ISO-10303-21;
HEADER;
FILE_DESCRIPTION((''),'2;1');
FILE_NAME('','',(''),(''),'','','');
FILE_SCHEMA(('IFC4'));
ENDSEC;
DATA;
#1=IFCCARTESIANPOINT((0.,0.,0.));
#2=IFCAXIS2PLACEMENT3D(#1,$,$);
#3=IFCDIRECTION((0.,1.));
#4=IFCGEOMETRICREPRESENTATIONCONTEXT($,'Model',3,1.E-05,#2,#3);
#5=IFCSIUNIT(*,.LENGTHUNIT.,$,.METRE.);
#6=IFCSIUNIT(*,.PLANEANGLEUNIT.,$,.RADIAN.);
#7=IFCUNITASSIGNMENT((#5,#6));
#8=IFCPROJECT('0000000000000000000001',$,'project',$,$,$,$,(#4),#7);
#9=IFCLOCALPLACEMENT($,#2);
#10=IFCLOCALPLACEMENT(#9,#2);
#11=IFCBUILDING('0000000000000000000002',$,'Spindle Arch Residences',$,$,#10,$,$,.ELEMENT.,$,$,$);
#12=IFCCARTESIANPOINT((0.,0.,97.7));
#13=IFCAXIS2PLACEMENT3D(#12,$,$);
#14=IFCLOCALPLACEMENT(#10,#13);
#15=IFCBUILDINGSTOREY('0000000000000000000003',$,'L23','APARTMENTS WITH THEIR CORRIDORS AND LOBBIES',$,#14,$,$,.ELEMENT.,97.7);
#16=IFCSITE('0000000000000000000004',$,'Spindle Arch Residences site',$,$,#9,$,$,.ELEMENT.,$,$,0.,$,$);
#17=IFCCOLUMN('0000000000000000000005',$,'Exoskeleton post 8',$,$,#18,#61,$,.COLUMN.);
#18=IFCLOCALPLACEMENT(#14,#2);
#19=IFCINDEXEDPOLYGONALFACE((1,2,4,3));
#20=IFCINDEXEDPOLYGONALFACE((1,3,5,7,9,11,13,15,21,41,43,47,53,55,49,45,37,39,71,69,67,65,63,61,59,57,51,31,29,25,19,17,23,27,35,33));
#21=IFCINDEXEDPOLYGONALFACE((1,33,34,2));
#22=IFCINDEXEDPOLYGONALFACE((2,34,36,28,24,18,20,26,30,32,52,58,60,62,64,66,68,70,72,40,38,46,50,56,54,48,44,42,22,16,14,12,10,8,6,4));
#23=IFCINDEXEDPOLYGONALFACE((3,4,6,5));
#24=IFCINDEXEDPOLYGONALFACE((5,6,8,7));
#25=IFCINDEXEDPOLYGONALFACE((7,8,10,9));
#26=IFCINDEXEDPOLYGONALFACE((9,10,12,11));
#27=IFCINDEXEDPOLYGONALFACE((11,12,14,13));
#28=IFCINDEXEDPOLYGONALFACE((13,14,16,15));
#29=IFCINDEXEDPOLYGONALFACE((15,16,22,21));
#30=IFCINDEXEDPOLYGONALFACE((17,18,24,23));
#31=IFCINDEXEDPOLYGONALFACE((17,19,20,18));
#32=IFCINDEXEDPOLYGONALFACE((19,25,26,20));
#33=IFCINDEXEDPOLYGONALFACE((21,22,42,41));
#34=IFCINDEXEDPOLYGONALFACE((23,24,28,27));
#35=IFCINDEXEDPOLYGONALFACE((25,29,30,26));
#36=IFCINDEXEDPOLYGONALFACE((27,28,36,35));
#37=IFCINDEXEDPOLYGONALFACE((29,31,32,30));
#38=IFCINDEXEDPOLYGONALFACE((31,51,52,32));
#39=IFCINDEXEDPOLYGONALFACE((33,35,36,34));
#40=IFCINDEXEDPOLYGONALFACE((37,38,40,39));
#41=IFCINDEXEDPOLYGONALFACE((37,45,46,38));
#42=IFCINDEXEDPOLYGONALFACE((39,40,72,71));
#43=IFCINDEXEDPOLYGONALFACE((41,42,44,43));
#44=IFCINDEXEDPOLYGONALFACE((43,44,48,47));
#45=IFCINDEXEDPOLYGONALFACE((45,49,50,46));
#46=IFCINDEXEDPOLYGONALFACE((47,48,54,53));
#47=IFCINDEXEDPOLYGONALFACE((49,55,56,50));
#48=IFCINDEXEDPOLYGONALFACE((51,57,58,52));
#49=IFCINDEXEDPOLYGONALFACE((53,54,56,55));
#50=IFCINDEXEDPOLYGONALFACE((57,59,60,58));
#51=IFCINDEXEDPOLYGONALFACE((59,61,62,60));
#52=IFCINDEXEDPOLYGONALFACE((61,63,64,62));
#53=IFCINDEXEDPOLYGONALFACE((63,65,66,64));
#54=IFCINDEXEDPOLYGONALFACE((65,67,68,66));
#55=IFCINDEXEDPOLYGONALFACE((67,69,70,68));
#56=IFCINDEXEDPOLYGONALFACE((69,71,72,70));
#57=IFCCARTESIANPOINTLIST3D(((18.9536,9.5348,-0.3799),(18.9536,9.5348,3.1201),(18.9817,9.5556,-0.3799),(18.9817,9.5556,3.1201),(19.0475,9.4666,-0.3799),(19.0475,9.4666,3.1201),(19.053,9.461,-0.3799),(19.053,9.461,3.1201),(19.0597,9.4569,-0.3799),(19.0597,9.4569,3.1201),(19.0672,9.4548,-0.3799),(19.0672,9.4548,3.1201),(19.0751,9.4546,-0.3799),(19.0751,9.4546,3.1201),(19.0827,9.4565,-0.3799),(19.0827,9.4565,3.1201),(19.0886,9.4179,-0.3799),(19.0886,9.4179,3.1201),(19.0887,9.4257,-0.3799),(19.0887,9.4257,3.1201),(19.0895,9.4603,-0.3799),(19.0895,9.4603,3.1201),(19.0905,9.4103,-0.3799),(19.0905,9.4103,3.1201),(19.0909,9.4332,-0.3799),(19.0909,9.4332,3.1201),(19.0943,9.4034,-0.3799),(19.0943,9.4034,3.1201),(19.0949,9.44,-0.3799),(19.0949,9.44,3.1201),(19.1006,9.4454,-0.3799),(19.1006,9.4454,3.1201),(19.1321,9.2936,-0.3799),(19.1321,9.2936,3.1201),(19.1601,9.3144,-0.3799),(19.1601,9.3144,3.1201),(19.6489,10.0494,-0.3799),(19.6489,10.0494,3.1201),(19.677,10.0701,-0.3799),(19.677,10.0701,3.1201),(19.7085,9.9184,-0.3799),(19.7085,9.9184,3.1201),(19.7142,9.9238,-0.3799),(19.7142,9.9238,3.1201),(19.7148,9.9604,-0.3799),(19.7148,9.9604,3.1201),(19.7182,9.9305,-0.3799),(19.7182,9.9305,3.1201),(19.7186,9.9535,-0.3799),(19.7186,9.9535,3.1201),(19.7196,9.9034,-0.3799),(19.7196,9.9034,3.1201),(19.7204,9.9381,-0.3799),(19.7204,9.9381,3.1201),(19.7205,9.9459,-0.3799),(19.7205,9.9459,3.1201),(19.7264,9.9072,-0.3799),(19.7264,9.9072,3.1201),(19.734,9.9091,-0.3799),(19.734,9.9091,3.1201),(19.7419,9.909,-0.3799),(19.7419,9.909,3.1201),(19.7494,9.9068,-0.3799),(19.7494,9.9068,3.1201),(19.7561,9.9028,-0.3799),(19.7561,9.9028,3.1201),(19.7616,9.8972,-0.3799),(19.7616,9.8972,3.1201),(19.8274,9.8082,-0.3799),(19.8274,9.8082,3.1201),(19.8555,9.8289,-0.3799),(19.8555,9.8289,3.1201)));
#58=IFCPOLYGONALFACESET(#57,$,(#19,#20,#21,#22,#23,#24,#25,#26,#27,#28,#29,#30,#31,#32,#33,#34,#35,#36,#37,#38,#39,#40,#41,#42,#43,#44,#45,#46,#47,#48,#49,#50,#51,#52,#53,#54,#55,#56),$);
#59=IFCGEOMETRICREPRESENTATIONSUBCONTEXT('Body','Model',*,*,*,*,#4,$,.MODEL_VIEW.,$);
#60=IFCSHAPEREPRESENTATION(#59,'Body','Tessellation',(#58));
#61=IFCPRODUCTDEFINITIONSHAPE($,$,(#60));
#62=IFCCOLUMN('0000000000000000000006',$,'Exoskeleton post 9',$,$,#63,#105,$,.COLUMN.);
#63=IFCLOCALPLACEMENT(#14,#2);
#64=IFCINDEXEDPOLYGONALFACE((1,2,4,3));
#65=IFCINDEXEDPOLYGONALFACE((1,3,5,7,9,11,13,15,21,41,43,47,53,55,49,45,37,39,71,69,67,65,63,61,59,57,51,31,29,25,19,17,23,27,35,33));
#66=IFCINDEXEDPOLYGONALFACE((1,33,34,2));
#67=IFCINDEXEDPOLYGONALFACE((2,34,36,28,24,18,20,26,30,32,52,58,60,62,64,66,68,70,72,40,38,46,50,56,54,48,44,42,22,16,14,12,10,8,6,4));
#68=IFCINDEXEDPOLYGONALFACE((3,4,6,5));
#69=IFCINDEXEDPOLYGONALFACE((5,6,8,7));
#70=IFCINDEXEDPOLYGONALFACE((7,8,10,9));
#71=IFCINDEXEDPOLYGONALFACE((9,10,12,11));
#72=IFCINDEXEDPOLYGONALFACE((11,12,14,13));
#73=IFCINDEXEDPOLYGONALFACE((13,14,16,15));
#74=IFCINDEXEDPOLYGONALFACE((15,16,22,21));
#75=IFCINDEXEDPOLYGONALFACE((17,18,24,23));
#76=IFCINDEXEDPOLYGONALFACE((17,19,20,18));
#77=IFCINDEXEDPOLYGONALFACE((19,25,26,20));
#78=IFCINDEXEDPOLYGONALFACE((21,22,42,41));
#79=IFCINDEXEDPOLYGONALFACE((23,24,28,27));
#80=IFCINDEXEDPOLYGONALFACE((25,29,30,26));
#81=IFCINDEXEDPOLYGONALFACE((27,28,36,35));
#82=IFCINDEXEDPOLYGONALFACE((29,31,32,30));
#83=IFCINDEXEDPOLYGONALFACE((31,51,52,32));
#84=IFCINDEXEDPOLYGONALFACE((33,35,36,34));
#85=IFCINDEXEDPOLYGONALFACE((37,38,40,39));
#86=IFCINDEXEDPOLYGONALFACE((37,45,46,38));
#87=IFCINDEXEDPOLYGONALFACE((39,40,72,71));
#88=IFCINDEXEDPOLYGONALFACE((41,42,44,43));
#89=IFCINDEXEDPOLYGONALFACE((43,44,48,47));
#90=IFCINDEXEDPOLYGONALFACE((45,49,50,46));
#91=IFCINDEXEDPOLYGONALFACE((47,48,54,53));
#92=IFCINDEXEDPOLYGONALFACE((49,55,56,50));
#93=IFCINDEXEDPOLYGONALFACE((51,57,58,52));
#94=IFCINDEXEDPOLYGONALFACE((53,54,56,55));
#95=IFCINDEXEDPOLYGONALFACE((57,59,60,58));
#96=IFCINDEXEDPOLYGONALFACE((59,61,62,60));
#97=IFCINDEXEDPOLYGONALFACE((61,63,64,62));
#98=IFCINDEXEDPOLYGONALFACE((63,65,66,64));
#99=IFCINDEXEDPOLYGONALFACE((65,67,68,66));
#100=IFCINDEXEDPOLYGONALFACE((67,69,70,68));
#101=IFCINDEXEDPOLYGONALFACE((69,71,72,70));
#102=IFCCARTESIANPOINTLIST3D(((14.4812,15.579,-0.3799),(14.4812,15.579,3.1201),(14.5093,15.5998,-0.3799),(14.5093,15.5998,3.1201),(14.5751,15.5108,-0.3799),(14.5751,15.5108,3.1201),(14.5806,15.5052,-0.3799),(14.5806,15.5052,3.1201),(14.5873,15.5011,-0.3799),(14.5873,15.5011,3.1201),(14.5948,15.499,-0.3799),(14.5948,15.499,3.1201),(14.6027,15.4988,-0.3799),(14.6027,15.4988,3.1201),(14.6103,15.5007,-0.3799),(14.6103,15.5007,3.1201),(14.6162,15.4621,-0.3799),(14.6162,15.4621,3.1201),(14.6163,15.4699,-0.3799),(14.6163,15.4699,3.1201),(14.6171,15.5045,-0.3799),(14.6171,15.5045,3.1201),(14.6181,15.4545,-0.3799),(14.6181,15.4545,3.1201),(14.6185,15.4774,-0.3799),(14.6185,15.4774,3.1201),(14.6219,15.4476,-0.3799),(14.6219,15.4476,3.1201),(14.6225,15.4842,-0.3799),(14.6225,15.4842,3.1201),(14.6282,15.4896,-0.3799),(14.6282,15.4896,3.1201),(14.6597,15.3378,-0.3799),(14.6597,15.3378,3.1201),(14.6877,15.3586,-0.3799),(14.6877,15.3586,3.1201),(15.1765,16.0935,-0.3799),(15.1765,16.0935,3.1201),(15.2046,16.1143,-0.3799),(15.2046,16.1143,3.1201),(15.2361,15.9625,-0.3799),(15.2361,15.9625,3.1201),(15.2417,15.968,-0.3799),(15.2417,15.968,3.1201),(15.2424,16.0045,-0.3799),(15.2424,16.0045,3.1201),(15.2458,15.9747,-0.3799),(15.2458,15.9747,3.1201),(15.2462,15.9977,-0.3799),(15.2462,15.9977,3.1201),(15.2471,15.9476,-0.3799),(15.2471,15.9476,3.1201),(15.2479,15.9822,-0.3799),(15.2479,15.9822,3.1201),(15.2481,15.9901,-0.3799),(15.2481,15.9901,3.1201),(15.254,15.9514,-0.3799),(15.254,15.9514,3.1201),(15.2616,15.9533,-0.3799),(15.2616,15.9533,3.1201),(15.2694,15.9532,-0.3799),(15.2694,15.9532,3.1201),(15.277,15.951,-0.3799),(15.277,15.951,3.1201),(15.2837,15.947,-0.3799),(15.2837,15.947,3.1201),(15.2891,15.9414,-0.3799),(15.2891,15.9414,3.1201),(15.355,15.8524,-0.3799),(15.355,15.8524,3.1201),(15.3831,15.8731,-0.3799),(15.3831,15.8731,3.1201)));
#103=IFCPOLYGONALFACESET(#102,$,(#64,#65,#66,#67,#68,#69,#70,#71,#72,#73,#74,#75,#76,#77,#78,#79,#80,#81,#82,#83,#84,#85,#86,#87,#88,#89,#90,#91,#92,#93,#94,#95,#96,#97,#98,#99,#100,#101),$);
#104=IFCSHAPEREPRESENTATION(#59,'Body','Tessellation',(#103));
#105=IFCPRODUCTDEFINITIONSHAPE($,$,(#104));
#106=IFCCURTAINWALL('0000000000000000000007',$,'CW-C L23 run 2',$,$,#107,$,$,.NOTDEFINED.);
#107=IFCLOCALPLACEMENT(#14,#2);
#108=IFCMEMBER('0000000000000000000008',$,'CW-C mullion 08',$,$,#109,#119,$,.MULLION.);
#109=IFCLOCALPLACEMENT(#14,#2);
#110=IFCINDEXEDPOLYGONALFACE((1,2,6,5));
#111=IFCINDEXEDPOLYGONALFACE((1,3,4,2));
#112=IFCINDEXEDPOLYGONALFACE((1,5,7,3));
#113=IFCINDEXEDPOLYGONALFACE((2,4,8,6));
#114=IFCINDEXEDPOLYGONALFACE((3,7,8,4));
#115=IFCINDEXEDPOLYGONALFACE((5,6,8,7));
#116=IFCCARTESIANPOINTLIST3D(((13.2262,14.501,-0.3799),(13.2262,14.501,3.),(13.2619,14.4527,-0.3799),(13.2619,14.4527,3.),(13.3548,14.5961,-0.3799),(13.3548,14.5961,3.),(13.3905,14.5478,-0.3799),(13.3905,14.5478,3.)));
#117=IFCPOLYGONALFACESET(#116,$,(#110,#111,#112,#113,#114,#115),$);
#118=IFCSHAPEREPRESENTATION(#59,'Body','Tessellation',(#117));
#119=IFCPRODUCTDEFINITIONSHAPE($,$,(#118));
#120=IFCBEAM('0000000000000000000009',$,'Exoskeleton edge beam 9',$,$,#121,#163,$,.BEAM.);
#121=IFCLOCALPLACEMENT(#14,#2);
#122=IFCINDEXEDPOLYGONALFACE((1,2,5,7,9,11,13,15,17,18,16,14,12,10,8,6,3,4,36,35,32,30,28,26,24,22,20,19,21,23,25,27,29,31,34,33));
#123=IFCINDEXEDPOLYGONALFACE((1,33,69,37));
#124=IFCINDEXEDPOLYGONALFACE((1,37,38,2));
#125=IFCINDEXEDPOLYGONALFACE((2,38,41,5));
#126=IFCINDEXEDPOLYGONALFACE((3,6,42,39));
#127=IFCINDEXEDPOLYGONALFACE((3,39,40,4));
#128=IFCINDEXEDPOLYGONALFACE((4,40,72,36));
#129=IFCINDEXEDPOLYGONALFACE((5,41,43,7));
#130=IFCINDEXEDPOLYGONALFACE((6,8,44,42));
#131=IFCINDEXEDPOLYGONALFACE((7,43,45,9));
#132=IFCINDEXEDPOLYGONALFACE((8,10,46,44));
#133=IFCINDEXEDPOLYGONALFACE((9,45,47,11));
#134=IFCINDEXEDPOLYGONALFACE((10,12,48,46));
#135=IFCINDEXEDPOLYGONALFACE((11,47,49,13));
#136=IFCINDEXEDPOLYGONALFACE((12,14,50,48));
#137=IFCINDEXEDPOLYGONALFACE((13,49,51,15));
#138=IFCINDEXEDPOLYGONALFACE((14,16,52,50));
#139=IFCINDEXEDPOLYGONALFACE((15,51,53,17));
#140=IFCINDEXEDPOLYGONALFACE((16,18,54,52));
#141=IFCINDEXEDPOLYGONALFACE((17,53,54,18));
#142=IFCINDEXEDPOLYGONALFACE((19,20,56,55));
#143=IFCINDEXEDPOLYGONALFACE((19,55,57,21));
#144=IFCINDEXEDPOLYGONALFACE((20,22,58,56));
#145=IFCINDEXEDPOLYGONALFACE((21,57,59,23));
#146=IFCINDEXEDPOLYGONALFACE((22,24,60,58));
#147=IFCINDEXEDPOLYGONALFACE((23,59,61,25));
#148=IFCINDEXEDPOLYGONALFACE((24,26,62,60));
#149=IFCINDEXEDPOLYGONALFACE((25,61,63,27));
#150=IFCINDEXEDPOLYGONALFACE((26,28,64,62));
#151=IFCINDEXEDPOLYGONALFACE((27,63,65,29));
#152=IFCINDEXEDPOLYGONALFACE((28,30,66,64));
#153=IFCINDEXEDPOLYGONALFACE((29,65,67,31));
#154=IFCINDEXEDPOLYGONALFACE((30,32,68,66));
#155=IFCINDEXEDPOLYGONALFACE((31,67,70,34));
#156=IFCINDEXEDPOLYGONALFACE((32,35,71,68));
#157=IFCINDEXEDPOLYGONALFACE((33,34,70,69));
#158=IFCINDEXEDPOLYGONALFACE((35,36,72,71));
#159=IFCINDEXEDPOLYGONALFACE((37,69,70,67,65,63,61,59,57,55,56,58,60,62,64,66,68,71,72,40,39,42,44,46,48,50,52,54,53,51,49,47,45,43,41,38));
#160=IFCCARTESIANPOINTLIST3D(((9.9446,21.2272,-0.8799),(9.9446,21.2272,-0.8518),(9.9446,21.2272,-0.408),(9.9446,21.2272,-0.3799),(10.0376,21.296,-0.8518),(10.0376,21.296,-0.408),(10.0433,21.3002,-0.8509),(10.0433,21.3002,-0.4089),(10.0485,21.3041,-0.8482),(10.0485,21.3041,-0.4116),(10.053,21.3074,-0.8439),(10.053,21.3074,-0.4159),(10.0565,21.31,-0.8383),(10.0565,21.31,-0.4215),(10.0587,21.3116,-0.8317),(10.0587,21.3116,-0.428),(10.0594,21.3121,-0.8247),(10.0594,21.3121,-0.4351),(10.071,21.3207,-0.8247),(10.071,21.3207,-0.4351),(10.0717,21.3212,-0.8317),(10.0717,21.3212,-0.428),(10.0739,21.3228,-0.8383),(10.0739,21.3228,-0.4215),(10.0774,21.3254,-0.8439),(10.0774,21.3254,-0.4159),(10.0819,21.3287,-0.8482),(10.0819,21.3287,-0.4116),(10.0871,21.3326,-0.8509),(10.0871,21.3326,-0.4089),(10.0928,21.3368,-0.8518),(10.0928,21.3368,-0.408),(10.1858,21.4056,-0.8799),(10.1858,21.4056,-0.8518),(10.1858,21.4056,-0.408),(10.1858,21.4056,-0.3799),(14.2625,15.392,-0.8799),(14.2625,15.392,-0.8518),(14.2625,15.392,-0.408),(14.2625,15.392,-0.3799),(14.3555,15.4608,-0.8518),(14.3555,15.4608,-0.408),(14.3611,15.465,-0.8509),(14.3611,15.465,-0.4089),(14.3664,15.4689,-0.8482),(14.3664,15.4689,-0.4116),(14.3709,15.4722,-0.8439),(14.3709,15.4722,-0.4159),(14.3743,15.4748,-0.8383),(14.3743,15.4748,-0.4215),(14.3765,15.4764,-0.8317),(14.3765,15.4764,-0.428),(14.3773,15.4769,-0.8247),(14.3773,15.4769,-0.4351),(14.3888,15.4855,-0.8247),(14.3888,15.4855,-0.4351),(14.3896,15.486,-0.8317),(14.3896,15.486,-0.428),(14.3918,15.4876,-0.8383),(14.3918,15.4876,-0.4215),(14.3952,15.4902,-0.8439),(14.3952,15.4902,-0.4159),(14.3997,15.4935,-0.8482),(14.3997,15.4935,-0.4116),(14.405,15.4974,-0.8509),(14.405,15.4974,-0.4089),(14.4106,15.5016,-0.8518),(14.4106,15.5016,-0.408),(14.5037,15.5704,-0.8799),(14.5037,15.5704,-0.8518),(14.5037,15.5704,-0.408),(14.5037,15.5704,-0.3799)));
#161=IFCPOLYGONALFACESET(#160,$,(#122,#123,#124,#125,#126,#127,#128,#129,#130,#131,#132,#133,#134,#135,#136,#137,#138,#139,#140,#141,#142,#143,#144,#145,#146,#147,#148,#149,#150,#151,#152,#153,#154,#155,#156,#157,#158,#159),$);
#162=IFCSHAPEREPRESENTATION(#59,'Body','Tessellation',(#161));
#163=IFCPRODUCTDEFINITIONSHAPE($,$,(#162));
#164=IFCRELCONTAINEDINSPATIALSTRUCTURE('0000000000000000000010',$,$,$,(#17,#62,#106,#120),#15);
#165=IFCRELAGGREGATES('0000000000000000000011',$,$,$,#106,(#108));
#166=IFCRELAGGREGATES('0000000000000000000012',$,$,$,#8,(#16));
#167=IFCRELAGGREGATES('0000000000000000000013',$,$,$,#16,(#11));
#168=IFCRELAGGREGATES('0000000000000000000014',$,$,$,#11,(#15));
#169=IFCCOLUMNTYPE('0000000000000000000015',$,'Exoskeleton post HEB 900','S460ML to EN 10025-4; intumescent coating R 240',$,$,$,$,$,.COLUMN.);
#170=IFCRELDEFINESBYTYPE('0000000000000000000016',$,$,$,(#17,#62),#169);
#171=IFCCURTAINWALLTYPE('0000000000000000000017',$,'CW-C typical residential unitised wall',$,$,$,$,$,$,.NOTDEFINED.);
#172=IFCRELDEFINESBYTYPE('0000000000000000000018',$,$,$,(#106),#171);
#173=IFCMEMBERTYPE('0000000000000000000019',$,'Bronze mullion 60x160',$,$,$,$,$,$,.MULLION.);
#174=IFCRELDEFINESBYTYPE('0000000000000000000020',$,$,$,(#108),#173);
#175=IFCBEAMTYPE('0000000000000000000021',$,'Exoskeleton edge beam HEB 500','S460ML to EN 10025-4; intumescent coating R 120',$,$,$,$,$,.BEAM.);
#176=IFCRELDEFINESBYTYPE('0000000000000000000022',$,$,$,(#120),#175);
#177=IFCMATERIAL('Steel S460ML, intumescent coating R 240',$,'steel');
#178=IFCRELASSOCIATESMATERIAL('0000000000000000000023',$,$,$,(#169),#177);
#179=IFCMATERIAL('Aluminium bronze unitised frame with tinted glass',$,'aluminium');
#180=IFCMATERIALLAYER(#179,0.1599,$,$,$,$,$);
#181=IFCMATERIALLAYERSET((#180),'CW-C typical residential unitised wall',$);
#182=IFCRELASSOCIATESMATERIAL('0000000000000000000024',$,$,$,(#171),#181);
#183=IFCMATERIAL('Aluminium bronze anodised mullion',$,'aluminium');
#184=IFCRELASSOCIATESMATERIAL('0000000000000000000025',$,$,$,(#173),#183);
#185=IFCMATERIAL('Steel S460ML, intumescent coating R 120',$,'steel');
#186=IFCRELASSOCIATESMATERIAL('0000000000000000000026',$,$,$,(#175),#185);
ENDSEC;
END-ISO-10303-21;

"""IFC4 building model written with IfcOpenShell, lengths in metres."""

from ifc_helpers import new_model, si_unit, direction, frame, origin, origin_2d, place, context, subcontext, project, spatial, rectangle, i_section, extrude, material, layer, layer_set, material_profile, profile_set, type_object, element, aggregate, save


model = new_model("IFC4")

# Units and contexts
model_context = context("Model", 3, precision=1e-05, world=origin(), true_north=direction((0.0, 1.0)))
body_context = subcontext(model_context, "Body", "Model", "MODEL_VIEW")
ifc_project = project(units=[si_unit("LENGTHUNIT", "METRE"), si_unit("PLANEANGLEUNIT", "RADIAN")], contexts=[model_context])

# Site, building, storey
site_placement = place(None, origin())
site = spatial("IfcSite", under=ifc_project, at=site_placement, Name="Spindle Arch Residences site", CompositionType="ELEMENT", RefElevation=0.0)
building_placement = place(site_placement, origin())
building = spatial("IfcBuilding", under=site, at=building_placement, Name="Spindle Arch Residences", CompositionType="ELEMENT")
storey_placement = place(building_placement, frame((0.0, 0.0, 97.7)))
storey = spatial("IfcBuildingStorey", under=building, at=storey_placement, Name="L23", Description="APARTMENTS WITH THEIR CORRIDORS AND LOBBIES", CompositionType="ELEMENT", Elevation=97.7)

# Columns
ifc_material_1 = material(Name="Steel S460ML, intumescent coating R 240", Category="steel")
ifc_material_profile_1 = material_profile(ifc_material_1, i_section(OverallWidth=0.3, OverallDepth=0.8999, WebThickness=0.0186, FlangeThickness=0.0349, FilletRadius=0.03, at=origin_2d()), Name="HEB 900")
ifc_profile_set_1 = profile_set([ifc_material_profile_1], Name="Steel S460ML, intumescent coating R 240")
column_type = type_object("IfcColumnType", Name="Exoskeleton post HEB 900", Description="S460ML to EN 10025-4; intumescent coating R 240", PredefinedType="COLUMN", material=ifc_profile_set_1)
for number, where, z_axis, x_axis, name in (
    (1, (19.4045, 9.6819, -0.3799), (0.0, 0.0, 1.0), (0.594823, -0.803857, 0.0), "Exoskeleton post 8"),
    (2, (14.9321, 15.7261, -0.3799), (0.0, 0.0, 1.0), (0.594823, -0.803857, 0.0), "Exoskeleton post 9"),
):
    element("IfcColumn", number, at=place(storey_placement, frame(where, z_axis=z_axis, x_axis=x_axis)), inside=storey, type_object=column_type, Name=name, PredefinedType="COLUMN", context=body_context, shape_type="SweptSolid", body=[
        extrude(i_section(OverallWidth=0.3, OverallDepth=0.8999, WebThickness=0.0186, FlangeThickness=0.0349, FilletRadius=0.03, at=origin_2d()), origin(), (0.0, 0.0, 1.0), 3.5),
    ])

# Curtain wall, member
ifc_material_2 = material(Name="Aluminium bronze unitised frame with tinted glass", Category="aluminium")
ifc_layer_1 = layer(ifc_material_2, 0.1599)
ifc_layer_set_1 = layer_set([ifc_layer_1], Name="CW-C typical residential unitised wall")
curtain_wall_type = type_object("IfcCurtainWallType", Name="CW-C typical residential unitised wall", PredefinedType="NOTDEFINED", material=ifc_layer_set_1)
curtain_wall_placement = place(storey_placement, origin())
curtain_wall = element("IfcCurtainWall", 3, at=curtain_wall_placement, inside=storey, type_object=curtain_wall_type, Name="CW-C L23 run 2", PredefinedType="NOTDEFINED")
ifc_material_3 = material(Name="Aluminium bronze anodised mullion", Category="aluminium")
ifc_material_profile_2 = material_profile(ifc_material_3, rectangle(XDim=0.1599, YDim=0.0601, at=origin_2d()), Name="MU 60x160")
ifc_profile_set_2 = profile_set([ifc_material_profile_2], Name="Aluminium bronze anodised mullion")
member_type = type_object("IfcMemberType", Name="Bronze mullion 60x160", PredefinedType="MULLION", material=ifc_profile_set_2)
member_placement = place(storey_placement, frame((13.3083, 14.5244, -0.3799), z_axis=(0.0, 0.0, 1.0), x_axis=(-0.803857, -0.594823, 0.0)))
member = element("IfcMember", 4, at=member_placement, type_object=member_type, Name="CW-C mullion 08", PredefinedType="MULLION", context=body_context, shape_type="SweptSolid", body=[
    extrude(rectangle(XDim=0.1599, YDim=0.0601, at=origin_2d()), origin(), (0.0, 0.0, 1.0), 3.3799),
])

# Beam
ifc_material_4 = material(Name="Steel S460ML, intumescent coating R 120", Category="steel")
ifc_material_profile_3 = material_profile(ifc_material_4, i_section(OverallWidth=0.3, OverallDepth=0.5, WebThickness=0.0144, FlangeThickness=0.0281, FilletRadius=0.0271, at=origin_2d()), Name="HEB 500")
ifc_profile_set_3 = profile_set([ifc_material_profile_3], Name="Steel S460ML, intumescent coating R 120")
beam_type_1 = type_object("IfcBeamType", Name="Exoskeleton edge beam HEB 500", Description="S460ML to EN 10025-4; intumescent coating R 120", PredefinedType="BEAM", material=ifc_profile_set_3)
beam_1_placement = place(storey_placement, frame((14.3831, 15.4812, -0.6299), z_axis=(-0.594827, 0.803854, 0.0), x_axis=(-0.803854, -0.594827, 0.0)))
element("IfcBeam", 5, at=beam_1_placement, inside=storey, type_object=beam_type_1, Name="Exoskeleton edge beam 9", PredefinedType="BEAM", context=body_context, shape_type="SweptSolid", body=[
    extrude(i_section(OverallWidth=0.3, OverallDepth=0.5, WebThickness=0.0144, FlangeThickness=0.0281, FilletRadius=0.0271, at=origin_2d()), origin(), (0.0, 0.0, 1.0), 7.259),
])

aggregate(curtain_wall, [member])

save(model, "model.ifc")
